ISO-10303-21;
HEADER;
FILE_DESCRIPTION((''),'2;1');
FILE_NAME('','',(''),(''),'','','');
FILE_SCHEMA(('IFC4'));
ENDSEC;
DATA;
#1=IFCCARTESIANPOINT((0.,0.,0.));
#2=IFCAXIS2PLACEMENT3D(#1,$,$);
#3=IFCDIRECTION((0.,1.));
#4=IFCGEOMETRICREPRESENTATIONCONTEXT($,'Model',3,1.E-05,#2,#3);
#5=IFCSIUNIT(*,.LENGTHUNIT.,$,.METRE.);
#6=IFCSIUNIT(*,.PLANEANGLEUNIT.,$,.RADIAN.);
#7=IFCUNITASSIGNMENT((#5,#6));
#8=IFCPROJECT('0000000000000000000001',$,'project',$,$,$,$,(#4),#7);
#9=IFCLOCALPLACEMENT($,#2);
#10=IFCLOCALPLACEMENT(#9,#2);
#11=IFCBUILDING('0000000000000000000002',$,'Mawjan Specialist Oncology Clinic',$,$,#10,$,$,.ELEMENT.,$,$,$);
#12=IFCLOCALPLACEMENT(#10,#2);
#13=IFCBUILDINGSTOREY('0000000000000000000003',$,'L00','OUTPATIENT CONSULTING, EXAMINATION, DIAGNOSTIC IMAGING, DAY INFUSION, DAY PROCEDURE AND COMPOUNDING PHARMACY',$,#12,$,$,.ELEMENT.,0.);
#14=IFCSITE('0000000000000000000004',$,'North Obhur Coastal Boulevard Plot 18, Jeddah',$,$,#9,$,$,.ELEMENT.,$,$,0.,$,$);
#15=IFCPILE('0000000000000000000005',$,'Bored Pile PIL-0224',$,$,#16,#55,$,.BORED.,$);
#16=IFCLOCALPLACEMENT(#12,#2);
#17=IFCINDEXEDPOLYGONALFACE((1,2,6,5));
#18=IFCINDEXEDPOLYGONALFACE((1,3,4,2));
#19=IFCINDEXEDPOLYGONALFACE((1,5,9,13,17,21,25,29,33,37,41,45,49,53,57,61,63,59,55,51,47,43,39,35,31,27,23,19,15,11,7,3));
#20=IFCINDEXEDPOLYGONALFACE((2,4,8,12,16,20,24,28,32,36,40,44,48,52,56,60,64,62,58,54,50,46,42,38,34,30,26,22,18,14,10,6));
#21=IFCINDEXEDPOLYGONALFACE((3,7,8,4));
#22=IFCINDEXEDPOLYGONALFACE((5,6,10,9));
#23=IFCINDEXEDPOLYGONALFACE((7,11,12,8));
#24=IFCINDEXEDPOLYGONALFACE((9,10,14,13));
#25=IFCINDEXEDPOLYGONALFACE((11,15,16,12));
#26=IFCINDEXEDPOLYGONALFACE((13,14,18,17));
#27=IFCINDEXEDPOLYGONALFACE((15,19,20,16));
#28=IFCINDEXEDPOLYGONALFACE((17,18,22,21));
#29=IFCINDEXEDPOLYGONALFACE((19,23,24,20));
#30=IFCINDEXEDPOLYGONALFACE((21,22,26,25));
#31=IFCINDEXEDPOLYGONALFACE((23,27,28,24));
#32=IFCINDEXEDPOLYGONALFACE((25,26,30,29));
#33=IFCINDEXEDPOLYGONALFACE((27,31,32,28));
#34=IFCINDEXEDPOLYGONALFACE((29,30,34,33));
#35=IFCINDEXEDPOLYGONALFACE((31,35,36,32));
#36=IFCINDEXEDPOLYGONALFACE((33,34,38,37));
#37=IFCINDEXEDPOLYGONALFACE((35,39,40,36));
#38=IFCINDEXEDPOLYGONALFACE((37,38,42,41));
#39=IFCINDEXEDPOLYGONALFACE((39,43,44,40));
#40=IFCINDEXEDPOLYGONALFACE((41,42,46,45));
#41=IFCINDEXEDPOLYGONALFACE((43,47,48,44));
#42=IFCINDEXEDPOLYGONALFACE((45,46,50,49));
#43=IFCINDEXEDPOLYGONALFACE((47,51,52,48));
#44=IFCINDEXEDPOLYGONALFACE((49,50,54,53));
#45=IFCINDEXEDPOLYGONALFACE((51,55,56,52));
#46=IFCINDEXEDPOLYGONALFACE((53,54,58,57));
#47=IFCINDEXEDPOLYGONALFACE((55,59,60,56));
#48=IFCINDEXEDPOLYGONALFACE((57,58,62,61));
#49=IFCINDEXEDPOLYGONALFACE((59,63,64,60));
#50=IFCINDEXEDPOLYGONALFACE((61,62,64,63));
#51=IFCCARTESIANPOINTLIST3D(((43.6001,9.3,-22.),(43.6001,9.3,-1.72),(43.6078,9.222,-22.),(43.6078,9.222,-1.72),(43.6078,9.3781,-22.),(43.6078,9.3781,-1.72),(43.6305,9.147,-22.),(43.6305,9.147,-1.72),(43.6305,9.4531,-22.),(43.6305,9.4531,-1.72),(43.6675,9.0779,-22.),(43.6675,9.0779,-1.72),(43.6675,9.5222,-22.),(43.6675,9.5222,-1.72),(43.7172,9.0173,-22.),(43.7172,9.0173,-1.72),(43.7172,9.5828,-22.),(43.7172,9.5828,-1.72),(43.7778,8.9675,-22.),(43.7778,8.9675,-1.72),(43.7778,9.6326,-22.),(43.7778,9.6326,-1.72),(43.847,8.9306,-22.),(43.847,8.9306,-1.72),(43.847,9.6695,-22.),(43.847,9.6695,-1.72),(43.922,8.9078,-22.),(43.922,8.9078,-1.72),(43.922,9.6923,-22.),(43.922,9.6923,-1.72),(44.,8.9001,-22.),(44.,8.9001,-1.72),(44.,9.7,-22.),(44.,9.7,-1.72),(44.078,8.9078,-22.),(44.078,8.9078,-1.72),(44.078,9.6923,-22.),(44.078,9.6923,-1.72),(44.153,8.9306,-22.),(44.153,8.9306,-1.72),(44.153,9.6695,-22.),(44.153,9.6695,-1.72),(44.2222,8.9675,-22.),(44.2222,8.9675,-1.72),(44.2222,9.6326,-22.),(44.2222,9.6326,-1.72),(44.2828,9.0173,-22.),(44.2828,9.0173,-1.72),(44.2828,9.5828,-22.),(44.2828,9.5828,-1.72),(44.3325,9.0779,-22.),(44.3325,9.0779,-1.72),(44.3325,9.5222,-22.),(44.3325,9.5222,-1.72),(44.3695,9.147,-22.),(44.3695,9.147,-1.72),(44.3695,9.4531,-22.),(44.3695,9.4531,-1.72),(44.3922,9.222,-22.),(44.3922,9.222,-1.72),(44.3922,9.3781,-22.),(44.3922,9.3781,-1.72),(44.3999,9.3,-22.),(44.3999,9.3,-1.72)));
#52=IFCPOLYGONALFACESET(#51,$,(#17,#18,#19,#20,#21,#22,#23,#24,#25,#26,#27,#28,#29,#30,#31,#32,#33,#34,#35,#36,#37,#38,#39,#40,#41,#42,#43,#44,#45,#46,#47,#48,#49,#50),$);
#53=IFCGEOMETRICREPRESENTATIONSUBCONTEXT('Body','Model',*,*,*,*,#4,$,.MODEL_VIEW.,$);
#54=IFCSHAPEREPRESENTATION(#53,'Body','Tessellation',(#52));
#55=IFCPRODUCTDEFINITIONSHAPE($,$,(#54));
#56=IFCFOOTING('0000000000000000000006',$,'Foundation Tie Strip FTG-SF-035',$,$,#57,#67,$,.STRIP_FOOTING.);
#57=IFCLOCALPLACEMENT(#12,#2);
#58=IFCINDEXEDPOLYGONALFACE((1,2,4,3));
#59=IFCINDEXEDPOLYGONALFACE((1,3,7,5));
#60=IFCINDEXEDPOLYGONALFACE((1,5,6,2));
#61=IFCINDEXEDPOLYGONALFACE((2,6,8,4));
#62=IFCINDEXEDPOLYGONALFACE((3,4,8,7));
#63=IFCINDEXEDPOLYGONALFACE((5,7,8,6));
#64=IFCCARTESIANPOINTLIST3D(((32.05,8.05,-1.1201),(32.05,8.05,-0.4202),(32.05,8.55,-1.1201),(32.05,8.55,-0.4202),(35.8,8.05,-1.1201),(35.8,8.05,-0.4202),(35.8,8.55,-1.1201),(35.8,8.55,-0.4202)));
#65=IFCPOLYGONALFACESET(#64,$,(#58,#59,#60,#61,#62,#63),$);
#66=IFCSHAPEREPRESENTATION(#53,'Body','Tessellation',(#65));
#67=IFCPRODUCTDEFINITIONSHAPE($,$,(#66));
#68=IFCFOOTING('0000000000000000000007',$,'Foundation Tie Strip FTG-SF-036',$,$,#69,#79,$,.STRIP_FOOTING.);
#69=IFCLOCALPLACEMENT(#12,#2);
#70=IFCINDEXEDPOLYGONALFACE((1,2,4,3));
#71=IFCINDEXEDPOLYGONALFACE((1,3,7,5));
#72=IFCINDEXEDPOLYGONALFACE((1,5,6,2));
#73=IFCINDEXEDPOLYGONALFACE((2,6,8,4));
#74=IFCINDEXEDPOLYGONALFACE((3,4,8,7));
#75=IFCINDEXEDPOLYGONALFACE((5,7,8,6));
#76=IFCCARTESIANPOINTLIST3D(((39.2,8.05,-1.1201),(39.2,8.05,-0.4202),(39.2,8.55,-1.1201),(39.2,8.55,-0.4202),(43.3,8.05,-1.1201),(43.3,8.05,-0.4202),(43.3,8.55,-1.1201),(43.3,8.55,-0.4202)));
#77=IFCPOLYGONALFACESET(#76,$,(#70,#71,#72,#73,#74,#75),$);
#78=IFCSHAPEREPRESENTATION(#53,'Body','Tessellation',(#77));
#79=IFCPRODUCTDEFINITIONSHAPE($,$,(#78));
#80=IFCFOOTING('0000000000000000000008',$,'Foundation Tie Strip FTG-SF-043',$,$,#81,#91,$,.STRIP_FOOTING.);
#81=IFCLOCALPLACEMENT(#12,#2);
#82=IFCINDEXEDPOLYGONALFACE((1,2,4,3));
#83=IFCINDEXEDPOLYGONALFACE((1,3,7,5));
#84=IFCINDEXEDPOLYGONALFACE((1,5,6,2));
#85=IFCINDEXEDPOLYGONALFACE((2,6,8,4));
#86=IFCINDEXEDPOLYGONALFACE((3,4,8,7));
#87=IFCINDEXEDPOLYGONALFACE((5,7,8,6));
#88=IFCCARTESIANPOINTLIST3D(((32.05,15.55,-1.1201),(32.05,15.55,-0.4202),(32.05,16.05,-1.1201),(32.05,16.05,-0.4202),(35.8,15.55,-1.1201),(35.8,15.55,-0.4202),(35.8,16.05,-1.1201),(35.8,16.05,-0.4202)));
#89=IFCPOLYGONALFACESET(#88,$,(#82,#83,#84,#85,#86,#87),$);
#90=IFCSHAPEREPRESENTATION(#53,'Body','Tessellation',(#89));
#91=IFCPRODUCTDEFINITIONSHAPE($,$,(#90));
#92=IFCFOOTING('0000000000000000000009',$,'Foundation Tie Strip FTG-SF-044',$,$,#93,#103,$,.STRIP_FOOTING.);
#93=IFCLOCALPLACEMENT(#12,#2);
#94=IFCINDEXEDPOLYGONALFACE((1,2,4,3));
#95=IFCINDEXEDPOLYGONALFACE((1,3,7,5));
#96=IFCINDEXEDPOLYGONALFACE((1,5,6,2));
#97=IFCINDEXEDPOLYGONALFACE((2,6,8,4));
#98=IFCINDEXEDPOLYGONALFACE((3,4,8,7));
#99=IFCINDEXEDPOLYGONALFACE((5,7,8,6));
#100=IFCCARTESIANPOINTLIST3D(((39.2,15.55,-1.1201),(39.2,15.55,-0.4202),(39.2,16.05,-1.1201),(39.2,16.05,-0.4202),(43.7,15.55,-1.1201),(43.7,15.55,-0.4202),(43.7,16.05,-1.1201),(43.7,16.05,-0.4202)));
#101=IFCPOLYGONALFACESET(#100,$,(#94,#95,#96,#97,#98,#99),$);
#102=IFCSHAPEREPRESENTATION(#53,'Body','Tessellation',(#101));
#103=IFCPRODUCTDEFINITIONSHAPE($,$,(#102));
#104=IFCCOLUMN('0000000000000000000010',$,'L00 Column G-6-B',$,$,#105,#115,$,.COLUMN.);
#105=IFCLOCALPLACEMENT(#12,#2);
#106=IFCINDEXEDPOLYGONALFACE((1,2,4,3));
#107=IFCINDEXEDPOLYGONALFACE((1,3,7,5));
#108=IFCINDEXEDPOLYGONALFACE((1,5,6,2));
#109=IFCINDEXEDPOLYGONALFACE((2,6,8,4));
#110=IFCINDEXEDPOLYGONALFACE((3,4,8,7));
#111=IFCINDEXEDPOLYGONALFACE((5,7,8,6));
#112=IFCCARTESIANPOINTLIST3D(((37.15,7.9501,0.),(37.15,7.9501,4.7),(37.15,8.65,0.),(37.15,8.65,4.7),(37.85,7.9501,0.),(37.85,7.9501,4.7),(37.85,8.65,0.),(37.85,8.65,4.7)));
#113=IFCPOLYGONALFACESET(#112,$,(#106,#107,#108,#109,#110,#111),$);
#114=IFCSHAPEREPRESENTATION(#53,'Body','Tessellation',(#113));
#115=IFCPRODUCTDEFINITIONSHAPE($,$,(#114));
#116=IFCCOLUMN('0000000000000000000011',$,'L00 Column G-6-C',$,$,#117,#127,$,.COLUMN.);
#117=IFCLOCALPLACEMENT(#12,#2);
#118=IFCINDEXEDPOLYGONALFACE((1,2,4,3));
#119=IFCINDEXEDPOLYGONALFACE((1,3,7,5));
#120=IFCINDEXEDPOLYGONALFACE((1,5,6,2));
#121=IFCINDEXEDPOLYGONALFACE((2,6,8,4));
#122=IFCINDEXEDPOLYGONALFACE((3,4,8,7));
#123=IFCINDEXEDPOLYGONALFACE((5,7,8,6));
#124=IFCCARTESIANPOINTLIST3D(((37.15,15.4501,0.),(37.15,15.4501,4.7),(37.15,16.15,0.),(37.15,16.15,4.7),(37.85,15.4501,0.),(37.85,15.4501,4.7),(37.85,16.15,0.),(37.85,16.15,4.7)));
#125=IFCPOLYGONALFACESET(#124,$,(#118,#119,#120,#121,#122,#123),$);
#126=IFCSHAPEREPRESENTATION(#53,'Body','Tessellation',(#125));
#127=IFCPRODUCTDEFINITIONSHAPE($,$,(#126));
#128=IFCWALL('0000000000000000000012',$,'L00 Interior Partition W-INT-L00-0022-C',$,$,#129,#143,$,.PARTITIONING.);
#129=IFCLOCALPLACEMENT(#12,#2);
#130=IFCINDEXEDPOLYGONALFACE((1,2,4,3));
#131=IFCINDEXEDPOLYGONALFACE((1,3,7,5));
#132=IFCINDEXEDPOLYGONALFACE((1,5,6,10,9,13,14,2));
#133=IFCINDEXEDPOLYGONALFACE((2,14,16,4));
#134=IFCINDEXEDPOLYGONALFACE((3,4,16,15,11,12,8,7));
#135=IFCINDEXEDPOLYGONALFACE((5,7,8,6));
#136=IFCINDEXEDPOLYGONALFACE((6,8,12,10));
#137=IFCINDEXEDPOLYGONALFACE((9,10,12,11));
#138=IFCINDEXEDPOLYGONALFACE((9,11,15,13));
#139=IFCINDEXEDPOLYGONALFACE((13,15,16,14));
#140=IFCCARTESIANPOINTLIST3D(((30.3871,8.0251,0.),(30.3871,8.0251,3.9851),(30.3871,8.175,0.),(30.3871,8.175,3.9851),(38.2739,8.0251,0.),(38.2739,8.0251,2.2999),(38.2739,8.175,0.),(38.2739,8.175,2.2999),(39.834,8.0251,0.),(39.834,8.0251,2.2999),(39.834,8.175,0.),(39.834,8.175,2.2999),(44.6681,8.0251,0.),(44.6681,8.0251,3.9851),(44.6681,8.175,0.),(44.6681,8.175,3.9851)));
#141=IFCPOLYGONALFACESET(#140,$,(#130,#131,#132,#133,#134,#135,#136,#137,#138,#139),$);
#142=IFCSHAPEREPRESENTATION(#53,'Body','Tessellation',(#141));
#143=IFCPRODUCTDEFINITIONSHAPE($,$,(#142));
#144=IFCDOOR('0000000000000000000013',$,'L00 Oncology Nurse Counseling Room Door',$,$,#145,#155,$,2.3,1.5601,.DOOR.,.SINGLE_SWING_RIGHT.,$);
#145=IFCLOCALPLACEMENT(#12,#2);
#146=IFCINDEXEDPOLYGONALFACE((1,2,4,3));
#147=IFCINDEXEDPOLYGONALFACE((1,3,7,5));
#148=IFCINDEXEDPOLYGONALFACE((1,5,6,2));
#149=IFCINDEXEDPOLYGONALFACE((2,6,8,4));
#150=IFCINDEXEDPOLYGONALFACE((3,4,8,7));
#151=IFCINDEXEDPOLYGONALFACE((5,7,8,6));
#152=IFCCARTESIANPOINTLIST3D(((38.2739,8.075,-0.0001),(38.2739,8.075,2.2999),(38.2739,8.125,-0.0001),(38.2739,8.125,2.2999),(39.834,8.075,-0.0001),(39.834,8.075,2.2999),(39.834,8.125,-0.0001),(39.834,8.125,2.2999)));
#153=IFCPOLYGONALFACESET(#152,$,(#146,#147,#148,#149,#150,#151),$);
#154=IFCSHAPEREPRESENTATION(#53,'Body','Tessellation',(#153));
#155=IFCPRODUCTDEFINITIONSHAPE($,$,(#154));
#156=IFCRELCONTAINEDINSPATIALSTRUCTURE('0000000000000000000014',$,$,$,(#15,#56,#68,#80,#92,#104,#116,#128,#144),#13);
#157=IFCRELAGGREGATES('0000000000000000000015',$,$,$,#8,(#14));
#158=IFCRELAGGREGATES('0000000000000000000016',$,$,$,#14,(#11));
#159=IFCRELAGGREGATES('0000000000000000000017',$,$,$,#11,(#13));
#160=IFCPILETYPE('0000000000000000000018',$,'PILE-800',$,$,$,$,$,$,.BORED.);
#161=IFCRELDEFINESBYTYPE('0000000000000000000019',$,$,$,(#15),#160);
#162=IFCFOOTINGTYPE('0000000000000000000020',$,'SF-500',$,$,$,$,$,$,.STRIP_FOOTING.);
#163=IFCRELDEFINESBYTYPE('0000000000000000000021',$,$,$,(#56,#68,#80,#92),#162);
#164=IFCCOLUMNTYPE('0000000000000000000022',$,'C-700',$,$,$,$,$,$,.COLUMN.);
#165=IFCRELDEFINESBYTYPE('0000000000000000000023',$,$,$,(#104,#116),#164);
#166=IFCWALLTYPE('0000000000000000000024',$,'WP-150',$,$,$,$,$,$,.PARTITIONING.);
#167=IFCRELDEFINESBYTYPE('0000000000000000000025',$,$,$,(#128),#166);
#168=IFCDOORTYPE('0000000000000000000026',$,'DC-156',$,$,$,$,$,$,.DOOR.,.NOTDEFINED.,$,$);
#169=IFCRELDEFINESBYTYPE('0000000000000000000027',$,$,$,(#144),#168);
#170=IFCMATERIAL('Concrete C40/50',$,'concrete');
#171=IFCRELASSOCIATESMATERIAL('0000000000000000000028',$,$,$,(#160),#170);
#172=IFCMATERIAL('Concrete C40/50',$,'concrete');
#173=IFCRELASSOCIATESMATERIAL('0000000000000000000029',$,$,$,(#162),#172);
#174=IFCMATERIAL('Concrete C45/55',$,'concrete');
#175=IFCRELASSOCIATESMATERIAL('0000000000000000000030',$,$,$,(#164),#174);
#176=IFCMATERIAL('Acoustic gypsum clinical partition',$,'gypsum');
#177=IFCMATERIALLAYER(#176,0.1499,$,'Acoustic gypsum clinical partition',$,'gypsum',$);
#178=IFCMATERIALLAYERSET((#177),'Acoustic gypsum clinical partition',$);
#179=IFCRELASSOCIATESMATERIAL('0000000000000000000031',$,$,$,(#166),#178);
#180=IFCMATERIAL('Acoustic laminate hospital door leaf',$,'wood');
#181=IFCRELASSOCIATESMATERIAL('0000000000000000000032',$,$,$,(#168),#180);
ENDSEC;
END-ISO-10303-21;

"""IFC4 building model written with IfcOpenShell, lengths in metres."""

from ifc_helpers import new_model, si_unit, direction, frame, frame_2d, origin, origin_2d, place, context, subcontext, project, spatial, rectangle, circle, extrude, material, layer, layer_set, material_profile, profile_set, type_object, element, fill, save


model = new_model("IFC4")

# Units and contexts
model_context = context("Model", 3, precision=1e-05, world=origin(), true_north=direction((0.0, 1.0)))
body_context = subcontext(model_context, "Body", "Model", "MODEL_VIEW")
ifc_project = project(units=[si_unit("LENGTHUNIT", "METRE"), si_unit("PLANEANGLEUNIT", "RADIAN")], contexts=[model_context])

# Site, building, storey
site_placement = place(None, origin())
site = spatial("IfcSite", under=ifc_project, at=site_placement, Name="North Obhur Coastal Boulevard Plot 18, Jeddah", CompositionType="ELEMENT", RefElevation=0.0)
building_placement = place(site_placement, origin())
building = spatial("IfcBuilding", under=site, at=building_placement, Name="Mawjan Specialist Oncology Clinic", CompositionType="ELEMENT")
storey_placement = place(building_placement, origin())
storey = spatial("IfcBuildingStorey", under=building, at=storey_placement, Name="L00", Description="OUTPATIENT CONSULTING, EXAMINATION, DIAGNOSTIC IMAGING, DAY INFUSION, DAY PROCEDURE AND COMPOUNDING PHARMACY", CompositionType="ELEMENT", Elevation=0.0)

# Pile
ifc_material_1 = material(Name="Concrete C40/50", Category="concrete")
ifc_material_profile_1 = material_profile(ifc_material_1, circle(Radius=0.3999, at=origin_2d()), Name="BORED PILE D800", Category="concrete")
ifc_profile_set_1 = profile_set([ifc_material_profile_1], Name="Concrete C40/50")
pile_type_1 = type_object("IfcPileType", Name="PILE-800", PredefinedType="BORED", material=ifc_profile_set_1)
for number, where, z_axis, x_axis, name in (
    (1, (44.0, 9.3, -1.72), (0.0, 0.0, -1.0), (1.0, 0.0, 0.0), "Bored Pile PIL-0224"),
):
    element("IfcPile", number, at=place(storey_placement, frame(where, z_axis=z_axis, x_axis=x_axis)), inside=storey, type_object=pile_type_1, Name=name, PredefinedType="BORED", context=body_context, shape_type="SweptSolid", body=[
        extrude(circle(Radius=0.3999, at=origin_2d()), origin(), (0.0, 0.0, 1.0), 20.28),
    ])

# Footings
ifc_material_2 = material(Name="Concrete C40/50", Category="concrete")
footing_type_1 = type_object("IfcFootingType", Name="SF-500", PredefinedType="STRIP_FOOTING", material=ifc_material_2)
footing_1_placement = place(storey_placement, frame((33.925, 8.3, -1.1201), z_axis=(0.0, 0.0, 1.0), x_axis=(1.0, 0.0, 0.0)))
element("IfcFooting", 2, at=footing_1_placement, inside=storey, type_object=footing_type_1, Name="Foundation Tie Strip FTG-SF-035", PredefinedType="STRIP_FOOTING", context=body_context, shape_type="SweptSolid", body=[
    extrude(rectangle(XDim=3.75, YDim=0.5, at=origin_2d()), origin(), (0.0, 0.0, 1.0), 0.7),
])
footing_2_placement = place(storey_placement, frame((41.25, 8.3, -1.1201), z_axis=(0.0, 0.0, 1.0), x_axis=(1.0, 0.0, 0.0)))
element("IfcFooting", 3, at=footing_2_placement, inside=storey, type_object=footing_type_1, Name="Foundation Tie Strip FTG-SF-036", PredefinedType="STRIP_FOOTING", context=body_context, shape_type="SweptSolid", body=[
    extrude(rectangle(XDim=4.1001, YDim=0.5, at=origin_2d()), origin(), (0.0, 0.0, 1.0), 0.7),
])
footing_3_placement = place(storey_placement, frame((33.925, 15.8, -1.1201), z_axis=(0.0, 0.0, 1.0), x_axis=(1.0, 0.0, 0.0)))
element("IfcFooting", 4, at=footing_3_placement, inside=storey, type_object=footing_type_1, Name="Foundation Tie Strip FTG-SF-043", PredefinedType="STRIP_FOOTING", context=body_context, shape_type="SweptSolid", body=[
    extrude(rectangle(XDim=3.75, YDim=0.5, at=origin_2d()), origin(), (0.0, 0.0, 1.0), 0.7),
])
footing_4_placement = place(storey_placement, frame((41.45, 15.8, -1.1201), z_axis=(0.0, 0.0, 1.0), x_axis=(1.0, 0.0, 0.0)))
element("IfcFooting", 5, at=footing_4_placement, inside=storey, type_object=footing_type_1, Name="Foundation Tie Strip FTG-SF-044", PredefinedType="STRIP_FOOTING", context=body_context, shape_type="SweptSolid", body=[
    extrude(rectangle(XDim=4.5, YDim=0.5, at=origin_2d()), origin(), (0.0, 0.0, 1.0), 0.7),
])

# Columns
ifc_material_3 = material(Name="Concrete C45/55", Category="concrete")
ifc_material_profile_2 = material_profile(ifc_material_3, rectangle(XDim=0.7, YDim=0.7, at=origin_2d()), Name="RC COL 700x700", Category="concrete")
ifc_profile_set_2 = profile_set([ifc_material_profile_2], Name="Concrete C45/55")
column_type = type_object("IfcColumnType", Name="C-700", PredefinedType="COLUMN", material=ifc_profile_set_2)
for number, where, z_axis, x_axis, name in (
    (6, (37.5, 8.3, 0.0), (0.0, 0.0, 1.0), (1.0, 0.0, 0.0), "L00 Column G-6-B"),
    (7, (37.5, 15.8, 0.0), (0.0, 0.0, 1.0), (1.0, 0.0, 0.0), "L00 Column G-6-C"),
):
    element("IfcColumn", number, at=place(storey_placement, frame(where, z_axis=z_axis, x_axis=x_axis)), inside=storey, type_object=column_type, Name=name, PredefinedType="COLUMN", context=body_context, shape_type="SweptSolid", body=[
        extrude(rectangle(XDim=0.7, YDim=0.7, at=origin_2d()), origin(), (0.0, 0.0, 1.0), 4.7),
    ])

# Wall, opening, door
ifc_material_4 = material(Name="Acoustic gypsum clinical partition", Category="gypsum")
ifc_layer_1 = layer(ifc_material_4, 0.1499, Name="Acoustic gypsum clinical partition", Category="gypsum")
ifc_layer_set_1 = layer_set([ifc_layer_1], Name="Acoustic gypsum clinical partition")
wall_type_1 = type_object("IfcWallType", Name="WP-150", PredefinedType="PARTITIONING", material=ifc_layer_set_1)
wall_1_placement = place(storey_placement, frame((30.387, 8.1001, 0.0), z_axis=(0.0, 0.0, 1.0), x_axis=(1.0, 0.0, 0.0)))
wall_1 = element("IfcWall", 8, at=wall_1_placement, inside=storey, type_object=wall_type_1, Name="L00 Interior Partition W-INT-L00-0022-C", PredefinedType="PARTITIONING", context=body_context, shape_type="SweptSolid", body=[
    extrude(rectangle(XDim=14.281, YDim=0.1499, at=frame_2d((7.1406, 0.0))), origin(), (0.0, 0.0, 1.0), 3.9851),
])
opening_1_placement = place(wall_1_placement, frame((7.887, 0.0, 0.0)))
opening_1 = element("IfcOpeningElement", 9, at=opening_1_placement, cuts=wall_1, PredefinedType="OPENING", context=body_context, shape_type="SweptSolid", body=[
    extrude(rectangle(XDim=1.5601, YDim=2.3, at=frame_2d((0.78, 1.1499))), frame((0.0, 0.0869, 0.0), z_axis=(0.0, -1.0, 0.0), x_axis=(1.0, 0.0, 0.0)), (0.0, 0.0, 1.0), 0.1738),
])
ifc_material_5 = material(Name="Acoustic laminate hospital door leaf", Category="wood")
door_type_1 = type_object("IfcDoorType", Name="DC-156", OperationType="NOTDEFINED", PredefinedType="DOOR", material=ifc_material_5)
door_1_placement = place(opening_1_placement, origin())
door_1 = element("IfcDoor", 10, at=door_1_placement, inside=storey, type_object=door_type_1, Name="L00 Oncology Nurse Counseling Room Door", OperationType="SINGLE_SWING_RIGHT", OverallHeight=2.3, OverallWidth=1.5601, PredefinedType="DOOR", context=body_context, shape_type="SweptSolid", body=[
    extrude(rectangle(XDim=1.5601, YDim=2.3, at=frame_2d((0.78, 1.1499))), frame((0.0, 0.0249, 0.0), z_axis=(0.0, -1.0, 0.0), x_axis=(1.0, 0.0, 0.0)), (0.0, 0.0, 1.0), 0.05),
])
fill(opening_1, door_1)

save(model, "model.ifc")
